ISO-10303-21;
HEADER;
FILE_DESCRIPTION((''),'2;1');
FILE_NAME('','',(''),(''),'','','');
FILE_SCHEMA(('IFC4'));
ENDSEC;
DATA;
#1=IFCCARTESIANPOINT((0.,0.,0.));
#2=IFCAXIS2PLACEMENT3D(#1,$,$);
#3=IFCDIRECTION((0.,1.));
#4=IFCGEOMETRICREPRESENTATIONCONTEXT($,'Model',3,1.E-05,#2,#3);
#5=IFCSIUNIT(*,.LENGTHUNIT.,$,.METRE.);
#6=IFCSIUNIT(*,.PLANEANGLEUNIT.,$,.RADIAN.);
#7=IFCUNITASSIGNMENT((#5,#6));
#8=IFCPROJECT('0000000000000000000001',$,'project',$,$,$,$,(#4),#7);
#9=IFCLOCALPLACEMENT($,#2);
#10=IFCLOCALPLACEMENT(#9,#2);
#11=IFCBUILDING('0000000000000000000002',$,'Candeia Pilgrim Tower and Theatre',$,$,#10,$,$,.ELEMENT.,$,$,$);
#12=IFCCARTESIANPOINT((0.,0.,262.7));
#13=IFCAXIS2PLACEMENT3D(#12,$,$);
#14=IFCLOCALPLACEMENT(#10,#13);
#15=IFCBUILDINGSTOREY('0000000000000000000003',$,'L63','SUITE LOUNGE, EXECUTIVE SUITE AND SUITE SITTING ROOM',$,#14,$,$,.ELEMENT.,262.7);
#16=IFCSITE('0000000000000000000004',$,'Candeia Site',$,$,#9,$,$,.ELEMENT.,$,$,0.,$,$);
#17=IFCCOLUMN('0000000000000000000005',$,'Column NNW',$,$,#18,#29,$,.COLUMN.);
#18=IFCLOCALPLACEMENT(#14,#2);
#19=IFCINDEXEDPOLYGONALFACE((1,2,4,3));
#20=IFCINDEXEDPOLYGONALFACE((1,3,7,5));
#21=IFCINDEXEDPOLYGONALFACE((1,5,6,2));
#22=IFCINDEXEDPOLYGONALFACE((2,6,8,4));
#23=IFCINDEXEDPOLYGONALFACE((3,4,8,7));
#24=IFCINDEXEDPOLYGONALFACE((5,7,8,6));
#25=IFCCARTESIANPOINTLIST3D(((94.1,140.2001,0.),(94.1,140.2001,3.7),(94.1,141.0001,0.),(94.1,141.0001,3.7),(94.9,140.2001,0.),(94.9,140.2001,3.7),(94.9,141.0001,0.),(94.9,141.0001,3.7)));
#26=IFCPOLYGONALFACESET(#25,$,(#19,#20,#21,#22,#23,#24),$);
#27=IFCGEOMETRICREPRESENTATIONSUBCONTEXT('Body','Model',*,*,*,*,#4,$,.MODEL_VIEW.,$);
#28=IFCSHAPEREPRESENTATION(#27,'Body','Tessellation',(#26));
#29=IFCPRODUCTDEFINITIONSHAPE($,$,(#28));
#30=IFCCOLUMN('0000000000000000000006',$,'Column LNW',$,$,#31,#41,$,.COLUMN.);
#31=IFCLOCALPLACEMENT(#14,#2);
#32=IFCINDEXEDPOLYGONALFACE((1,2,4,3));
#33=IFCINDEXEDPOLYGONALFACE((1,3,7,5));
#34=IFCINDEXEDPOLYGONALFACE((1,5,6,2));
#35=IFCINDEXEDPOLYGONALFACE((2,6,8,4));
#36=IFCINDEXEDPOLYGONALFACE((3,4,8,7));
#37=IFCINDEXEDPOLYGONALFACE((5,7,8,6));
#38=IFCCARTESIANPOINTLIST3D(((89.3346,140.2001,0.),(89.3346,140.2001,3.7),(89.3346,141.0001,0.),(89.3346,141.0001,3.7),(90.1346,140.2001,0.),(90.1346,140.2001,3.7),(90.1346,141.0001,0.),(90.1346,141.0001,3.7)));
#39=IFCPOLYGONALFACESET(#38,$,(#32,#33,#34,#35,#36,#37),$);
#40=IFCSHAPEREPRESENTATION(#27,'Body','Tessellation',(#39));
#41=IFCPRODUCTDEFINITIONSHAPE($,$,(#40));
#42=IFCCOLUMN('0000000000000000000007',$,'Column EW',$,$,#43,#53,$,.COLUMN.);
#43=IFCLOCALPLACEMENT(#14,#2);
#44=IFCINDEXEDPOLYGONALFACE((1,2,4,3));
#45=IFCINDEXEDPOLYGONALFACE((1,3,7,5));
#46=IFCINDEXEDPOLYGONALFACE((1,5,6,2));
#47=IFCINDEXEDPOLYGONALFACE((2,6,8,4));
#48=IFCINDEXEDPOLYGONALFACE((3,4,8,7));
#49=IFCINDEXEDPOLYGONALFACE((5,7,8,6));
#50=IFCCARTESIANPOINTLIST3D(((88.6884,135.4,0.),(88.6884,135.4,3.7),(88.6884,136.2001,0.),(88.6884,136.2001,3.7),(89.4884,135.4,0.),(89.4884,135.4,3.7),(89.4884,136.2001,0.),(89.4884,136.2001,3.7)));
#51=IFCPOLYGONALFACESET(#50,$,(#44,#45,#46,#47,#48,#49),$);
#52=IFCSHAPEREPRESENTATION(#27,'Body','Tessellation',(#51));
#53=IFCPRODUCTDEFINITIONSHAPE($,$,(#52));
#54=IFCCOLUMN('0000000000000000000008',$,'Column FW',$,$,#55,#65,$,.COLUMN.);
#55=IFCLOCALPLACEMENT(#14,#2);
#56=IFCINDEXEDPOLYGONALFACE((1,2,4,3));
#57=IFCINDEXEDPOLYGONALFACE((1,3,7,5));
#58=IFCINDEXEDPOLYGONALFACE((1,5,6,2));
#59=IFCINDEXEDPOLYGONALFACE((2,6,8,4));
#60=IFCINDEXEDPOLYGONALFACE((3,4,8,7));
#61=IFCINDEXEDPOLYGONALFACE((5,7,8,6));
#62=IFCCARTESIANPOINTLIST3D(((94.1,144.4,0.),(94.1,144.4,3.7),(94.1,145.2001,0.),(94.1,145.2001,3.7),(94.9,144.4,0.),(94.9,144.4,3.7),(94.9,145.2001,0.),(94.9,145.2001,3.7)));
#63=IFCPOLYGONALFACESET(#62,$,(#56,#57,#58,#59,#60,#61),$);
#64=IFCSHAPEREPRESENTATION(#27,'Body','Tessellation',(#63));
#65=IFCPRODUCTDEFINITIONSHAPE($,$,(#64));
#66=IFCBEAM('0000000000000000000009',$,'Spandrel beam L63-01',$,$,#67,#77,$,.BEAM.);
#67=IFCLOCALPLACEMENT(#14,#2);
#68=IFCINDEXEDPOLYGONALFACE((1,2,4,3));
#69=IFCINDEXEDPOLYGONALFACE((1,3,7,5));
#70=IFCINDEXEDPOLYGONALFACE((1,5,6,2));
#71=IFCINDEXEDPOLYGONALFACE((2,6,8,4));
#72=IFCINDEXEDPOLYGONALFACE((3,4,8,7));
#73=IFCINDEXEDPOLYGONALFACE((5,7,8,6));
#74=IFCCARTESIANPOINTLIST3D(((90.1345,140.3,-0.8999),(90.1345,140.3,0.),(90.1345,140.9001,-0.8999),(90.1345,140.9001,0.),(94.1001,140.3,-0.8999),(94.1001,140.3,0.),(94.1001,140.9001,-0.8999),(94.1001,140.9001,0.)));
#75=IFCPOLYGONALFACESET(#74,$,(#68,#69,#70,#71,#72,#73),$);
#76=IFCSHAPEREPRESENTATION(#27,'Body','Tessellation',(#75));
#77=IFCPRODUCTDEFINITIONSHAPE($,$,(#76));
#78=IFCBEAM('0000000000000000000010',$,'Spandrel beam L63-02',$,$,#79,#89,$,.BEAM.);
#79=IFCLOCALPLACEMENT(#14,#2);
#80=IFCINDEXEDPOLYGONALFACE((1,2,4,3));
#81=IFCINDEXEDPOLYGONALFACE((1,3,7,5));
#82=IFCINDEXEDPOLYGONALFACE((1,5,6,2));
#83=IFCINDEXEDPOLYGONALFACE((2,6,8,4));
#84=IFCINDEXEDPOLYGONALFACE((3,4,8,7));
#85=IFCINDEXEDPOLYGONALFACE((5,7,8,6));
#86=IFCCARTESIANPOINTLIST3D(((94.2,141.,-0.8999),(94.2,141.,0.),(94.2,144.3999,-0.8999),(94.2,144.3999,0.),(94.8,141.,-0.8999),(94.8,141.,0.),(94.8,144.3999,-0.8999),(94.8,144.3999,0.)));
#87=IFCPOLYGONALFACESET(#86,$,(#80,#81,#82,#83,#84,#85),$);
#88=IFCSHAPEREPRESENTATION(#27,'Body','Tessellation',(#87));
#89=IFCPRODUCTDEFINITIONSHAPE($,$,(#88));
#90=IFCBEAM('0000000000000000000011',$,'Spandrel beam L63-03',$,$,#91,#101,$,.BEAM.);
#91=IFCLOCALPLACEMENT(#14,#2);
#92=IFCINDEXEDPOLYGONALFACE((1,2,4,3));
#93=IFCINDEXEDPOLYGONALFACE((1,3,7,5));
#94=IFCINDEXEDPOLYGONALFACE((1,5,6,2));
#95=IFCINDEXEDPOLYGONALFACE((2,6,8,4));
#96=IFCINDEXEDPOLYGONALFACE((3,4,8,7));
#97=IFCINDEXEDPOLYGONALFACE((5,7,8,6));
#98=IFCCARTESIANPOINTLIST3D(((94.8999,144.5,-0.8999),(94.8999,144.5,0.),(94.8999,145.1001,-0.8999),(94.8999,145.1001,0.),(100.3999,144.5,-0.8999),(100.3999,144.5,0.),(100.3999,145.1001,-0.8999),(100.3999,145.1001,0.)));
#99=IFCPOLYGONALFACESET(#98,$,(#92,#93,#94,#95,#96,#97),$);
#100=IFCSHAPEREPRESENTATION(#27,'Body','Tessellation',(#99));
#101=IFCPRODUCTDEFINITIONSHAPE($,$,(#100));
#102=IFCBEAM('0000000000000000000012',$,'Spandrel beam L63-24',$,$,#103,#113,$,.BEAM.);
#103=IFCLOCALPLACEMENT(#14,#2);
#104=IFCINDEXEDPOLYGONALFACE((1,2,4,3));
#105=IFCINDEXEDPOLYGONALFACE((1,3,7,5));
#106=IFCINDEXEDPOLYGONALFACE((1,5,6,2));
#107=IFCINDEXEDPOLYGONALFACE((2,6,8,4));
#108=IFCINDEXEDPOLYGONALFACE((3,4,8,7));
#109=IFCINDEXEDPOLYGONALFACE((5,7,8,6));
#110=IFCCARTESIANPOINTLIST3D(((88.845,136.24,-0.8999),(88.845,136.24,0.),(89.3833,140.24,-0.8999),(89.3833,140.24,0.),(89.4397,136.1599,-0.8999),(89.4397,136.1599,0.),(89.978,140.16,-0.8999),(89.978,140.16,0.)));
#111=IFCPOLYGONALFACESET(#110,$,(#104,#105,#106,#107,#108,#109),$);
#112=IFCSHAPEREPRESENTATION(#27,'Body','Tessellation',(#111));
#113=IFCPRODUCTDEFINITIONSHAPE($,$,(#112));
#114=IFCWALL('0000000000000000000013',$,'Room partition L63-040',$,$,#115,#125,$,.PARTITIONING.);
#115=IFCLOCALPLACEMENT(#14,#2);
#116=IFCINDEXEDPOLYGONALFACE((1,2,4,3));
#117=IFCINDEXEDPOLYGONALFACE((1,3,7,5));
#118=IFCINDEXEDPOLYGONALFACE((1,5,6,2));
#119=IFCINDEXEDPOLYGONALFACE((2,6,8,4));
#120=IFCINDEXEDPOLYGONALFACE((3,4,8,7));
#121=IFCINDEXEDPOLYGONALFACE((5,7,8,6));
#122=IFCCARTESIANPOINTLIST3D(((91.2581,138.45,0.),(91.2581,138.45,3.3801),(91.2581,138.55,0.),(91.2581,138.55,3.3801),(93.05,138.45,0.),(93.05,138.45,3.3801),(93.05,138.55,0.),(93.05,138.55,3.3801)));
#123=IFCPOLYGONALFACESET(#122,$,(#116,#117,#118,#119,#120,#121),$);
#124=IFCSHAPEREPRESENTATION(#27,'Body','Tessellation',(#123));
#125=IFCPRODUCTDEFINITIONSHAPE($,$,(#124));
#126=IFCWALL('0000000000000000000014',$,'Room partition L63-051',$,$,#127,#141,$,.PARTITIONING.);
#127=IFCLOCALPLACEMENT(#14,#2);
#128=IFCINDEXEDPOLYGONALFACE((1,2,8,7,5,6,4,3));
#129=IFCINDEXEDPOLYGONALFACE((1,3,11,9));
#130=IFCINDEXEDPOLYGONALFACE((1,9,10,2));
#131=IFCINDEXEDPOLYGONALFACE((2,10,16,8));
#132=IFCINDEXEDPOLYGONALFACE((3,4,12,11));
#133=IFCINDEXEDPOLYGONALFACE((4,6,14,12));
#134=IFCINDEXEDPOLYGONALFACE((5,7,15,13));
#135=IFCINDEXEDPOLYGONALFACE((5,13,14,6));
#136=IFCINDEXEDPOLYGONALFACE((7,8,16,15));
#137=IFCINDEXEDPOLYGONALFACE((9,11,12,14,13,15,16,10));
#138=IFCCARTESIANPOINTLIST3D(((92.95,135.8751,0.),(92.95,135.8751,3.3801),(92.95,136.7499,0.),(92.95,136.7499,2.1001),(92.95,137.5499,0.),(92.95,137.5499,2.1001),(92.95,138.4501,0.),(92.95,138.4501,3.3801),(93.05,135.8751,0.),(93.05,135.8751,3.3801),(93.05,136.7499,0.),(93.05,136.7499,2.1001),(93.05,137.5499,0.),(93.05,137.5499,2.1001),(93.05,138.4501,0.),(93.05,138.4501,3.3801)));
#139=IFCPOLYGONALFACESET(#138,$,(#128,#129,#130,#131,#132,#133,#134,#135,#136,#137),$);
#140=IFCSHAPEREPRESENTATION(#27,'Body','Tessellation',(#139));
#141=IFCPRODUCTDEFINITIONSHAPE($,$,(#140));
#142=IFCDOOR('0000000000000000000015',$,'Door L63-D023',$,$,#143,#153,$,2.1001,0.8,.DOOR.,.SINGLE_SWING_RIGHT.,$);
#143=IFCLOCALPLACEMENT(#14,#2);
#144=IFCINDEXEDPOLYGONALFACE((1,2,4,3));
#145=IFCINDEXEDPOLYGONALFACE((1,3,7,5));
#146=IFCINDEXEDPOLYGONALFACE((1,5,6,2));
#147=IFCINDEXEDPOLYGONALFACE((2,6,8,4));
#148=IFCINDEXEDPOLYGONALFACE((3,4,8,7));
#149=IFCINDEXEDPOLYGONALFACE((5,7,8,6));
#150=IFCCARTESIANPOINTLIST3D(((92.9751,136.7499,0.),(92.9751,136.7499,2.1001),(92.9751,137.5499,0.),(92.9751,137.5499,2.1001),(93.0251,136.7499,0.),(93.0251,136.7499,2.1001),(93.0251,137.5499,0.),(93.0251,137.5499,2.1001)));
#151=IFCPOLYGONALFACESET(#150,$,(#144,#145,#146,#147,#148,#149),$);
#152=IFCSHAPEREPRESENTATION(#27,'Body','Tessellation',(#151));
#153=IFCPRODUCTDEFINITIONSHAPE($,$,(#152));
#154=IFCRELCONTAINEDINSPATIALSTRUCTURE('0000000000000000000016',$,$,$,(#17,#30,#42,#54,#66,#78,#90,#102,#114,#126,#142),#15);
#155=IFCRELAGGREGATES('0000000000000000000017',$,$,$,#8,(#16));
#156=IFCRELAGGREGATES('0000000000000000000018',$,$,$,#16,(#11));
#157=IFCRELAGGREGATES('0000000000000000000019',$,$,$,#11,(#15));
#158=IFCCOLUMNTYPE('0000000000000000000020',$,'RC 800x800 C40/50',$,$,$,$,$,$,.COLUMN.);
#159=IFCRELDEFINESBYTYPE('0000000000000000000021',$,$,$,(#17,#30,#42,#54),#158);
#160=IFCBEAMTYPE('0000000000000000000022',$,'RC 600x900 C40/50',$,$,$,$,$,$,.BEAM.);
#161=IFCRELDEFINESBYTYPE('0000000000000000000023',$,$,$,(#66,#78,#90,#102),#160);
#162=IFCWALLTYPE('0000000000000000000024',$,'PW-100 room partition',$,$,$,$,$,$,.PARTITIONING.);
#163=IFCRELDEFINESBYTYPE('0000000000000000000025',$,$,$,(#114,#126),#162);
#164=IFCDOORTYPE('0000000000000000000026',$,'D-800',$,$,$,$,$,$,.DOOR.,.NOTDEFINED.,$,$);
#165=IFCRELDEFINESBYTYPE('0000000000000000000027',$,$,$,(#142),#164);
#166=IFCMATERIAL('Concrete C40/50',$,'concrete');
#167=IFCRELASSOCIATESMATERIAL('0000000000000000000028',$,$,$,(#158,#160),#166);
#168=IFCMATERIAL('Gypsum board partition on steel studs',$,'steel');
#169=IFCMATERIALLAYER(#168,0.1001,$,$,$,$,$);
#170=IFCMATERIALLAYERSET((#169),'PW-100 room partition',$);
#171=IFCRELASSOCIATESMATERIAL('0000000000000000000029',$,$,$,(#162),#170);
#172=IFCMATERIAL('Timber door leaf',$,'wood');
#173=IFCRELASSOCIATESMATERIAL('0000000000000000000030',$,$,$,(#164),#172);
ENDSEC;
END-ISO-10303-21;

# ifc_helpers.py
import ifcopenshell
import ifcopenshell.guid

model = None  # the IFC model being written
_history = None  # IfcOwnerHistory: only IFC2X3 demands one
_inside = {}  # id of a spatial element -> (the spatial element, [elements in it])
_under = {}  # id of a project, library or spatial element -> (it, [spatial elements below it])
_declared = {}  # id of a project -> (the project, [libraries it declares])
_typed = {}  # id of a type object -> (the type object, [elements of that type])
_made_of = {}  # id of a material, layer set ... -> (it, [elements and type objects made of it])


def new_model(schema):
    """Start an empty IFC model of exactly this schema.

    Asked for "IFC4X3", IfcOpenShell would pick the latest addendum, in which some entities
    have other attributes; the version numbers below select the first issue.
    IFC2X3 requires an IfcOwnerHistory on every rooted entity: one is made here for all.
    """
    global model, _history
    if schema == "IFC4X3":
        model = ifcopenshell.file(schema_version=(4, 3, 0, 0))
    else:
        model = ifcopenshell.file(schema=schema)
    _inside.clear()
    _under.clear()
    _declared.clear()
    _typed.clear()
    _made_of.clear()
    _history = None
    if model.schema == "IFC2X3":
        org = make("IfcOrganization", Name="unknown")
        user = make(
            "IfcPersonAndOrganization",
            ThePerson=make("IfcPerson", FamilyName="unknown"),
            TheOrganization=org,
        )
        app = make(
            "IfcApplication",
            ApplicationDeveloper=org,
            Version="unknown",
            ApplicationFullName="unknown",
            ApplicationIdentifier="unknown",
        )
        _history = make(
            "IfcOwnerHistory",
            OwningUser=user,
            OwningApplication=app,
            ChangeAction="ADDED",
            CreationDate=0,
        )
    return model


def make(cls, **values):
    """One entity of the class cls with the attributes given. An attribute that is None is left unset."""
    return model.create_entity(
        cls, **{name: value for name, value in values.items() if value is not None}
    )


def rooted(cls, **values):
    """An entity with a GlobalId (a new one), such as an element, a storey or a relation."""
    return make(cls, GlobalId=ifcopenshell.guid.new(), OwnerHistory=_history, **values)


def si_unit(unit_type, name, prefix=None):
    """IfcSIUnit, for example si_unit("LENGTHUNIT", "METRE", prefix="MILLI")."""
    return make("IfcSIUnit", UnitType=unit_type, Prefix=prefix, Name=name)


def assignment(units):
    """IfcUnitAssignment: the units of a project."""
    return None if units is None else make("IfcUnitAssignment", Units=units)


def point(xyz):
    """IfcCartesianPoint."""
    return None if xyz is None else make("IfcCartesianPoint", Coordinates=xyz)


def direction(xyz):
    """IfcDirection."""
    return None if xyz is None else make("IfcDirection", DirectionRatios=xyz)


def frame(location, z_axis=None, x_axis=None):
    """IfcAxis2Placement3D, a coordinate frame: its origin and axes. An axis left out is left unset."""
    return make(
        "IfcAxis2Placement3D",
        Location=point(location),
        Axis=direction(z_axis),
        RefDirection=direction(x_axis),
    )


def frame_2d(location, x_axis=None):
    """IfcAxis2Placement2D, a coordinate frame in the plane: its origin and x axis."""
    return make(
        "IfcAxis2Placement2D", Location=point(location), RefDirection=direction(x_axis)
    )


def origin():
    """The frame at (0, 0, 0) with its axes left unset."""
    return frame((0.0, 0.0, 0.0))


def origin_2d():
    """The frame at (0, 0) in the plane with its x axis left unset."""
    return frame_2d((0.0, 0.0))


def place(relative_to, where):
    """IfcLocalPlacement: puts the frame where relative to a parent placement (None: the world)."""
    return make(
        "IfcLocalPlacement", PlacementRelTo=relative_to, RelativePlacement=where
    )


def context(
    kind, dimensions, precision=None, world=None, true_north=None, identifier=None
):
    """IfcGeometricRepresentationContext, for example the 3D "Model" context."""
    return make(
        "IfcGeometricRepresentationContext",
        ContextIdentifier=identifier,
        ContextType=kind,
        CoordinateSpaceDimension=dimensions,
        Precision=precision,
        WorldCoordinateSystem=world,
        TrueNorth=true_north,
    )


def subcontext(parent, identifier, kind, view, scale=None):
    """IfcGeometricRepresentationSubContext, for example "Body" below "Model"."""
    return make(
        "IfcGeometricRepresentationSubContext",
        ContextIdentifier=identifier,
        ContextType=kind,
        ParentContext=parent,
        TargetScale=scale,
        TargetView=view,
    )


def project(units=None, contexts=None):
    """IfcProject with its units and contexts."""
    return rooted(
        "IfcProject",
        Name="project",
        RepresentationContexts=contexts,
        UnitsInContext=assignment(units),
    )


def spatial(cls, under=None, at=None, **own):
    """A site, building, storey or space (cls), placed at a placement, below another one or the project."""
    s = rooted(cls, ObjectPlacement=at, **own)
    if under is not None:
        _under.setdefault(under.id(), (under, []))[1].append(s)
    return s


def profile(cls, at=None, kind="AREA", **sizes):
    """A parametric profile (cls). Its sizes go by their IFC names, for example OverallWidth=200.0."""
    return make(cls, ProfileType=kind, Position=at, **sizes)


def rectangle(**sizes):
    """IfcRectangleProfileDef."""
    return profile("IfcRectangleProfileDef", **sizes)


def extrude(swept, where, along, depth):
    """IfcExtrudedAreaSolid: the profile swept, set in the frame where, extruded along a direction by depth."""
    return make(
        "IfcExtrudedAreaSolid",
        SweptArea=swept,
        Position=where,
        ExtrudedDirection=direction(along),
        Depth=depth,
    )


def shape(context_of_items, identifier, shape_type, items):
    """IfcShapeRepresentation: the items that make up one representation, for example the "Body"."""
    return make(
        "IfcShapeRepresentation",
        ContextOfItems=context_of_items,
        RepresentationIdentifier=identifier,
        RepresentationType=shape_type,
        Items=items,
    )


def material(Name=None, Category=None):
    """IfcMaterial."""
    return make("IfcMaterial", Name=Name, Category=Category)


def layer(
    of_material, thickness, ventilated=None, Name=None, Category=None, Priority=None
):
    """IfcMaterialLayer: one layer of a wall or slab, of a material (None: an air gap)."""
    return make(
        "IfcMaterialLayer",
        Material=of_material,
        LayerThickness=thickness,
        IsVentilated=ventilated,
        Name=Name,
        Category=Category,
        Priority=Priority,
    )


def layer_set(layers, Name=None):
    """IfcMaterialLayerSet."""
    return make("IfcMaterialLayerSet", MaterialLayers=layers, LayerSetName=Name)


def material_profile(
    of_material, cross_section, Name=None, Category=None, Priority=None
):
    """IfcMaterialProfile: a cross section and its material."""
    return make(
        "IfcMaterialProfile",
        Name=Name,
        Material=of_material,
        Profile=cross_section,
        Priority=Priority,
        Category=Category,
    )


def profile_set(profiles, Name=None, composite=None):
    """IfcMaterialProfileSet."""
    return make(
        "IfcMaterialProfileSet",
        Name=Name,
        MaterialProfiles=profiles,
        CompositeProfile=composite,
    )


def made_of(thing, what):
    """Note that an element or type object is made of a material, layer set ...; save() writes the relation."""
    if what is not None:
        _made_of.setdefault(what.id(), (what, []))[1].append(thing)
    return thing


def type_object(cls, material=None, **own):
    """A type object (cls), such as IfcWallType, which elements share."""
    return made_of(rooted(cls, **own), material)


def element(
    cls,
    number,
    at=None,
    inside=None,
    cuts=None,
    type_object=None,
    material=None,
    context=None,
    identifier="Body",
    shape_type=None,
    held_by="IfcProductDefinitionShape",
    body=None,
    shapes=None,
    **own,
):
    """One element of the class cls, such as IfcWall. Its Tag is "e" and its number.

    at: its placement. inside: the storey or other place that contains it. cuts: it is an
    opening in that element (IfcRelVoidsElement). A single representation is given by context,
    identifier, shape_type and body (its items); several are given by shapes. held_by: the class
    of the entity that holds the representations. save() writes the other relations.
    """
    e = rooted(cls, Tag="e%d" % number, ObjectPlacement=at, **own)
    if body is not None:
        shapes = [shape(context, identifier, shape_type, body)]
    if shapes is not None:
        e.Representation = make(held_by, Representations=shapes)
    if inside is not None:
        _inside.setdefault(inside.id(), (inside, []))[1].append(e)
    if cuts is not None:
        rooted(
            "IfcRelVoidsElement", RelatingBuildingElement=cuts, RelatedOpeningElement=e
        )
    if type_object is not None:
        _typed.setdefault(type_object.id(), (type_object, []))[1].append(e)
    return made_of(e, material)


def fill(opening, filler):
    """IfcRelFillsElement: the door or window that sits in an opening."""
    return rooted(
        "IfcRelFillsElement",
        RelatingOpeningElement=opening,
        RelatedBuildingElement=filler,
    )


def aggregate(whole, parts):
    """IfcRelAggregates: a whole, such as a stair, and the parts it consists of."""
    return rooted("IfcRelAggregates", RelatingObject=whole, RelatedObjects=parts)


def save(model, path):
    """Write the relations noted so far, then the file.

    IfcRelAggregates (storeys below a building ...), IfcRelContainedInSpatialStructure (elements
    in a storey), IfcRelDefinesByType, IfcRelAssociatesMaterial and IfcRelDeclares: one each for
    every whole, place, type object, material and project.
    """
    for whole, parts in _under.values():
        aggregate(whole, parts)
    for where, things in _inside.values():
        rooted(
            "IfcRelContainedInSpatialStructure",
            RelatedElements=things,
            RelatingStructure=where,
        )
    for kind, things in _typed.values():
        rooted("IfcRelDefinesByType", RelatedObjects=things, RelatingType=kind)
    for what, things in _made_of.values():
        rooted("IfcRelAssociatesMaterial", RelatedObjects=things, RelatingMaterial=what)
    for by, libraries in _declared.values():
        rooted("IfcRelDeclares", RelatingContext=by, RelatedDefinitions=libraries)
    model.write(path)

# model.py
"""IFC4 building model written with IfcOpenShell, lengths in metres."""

from ifc_helpers import new_model, si_unit, direction, frame, frame_2d, origin, origin_2d, place, context, subcontext, project, spatial, rectangle, extrude, material, layer, layer_set, material_profile, profile_set, type_object, element, fill, save


model = new_model("IFC4")

# Units and contexts
model_context = context("Model", 3, precision=1e-05, world=origin(), true_north=direction((0.0, 1.0)))
body_context = subcontext(model_context, "Body", "Model", "MODEL_VIEW")
ifc_project = project(units=[si_unit("LENGTHUNIT", "METRE"), si_unit("PLANEANGLEUNIT", "RADIAN")], contexts=[model_context])

# Site, building, storey
site_placement = place(None, origin())
site = spatial("IfcSite", under=ifc_project, at=site_placement, Name="Candeia Site", CompositionType="ELEMENT", RefElevation=0.0)
building_placement = place(site_placement, origin())
building = spatial("IfcBuilding", under=site, at=building_placement, Name="Candeia Pilgrim Tower and Theatre", CompositionType="ELEMENT")
storey_placement = place(building_placement, frame((0.0, 0.0, 262.7)))
storey = spatial("IfcBuildingStorey", under=building, at=storey_placement, Name="L63", Description="SUITE LOUNGE, EXECUTIVE SUITE AND SUITE SITTING ROOM", CompositionType="ELEMENT", Elevation=262.7)

# Columns
ifc_material_1 = material(Name="Concrete C40/50", Category="concrete")
ifc_material_profile_1 = material_profile(ifc_material_1, rectangle(XDim=0.8, YDim=0.8, at=origin_2d()))
ifc_profile_set_1 = profile_set([ifc_material_profile_1], Name="Concrete C40/50")
column_type = type_object("IfcColumnType", Name="RC 800x800 C40/50", PredefinedType="COLUMN", material=ifc_profile_set_1)
for number, where, z_axis, x_axis, name in (
    (1, (94.5, 140.6001, 0.0), (0.0, 0.0, 1.0), (1.0, 0.0, 0.0), "Column NNW"),
    (2, (89.7346, 140.6001, 0.0), (0.0, 0.0, 1.0), (1.0, 0.0, 0.0), "Column LNW"),
    (3, (89.0884, 135.8, 0.0), (0.0, 0.0, 1.0), (1.0, 0.0, 0.0), "Column EW"),
    (4, (94.5, 144.8, 0.0), (0.0, 0.0, 1.0), (1.0, 0.0, 0.0), "Column FW"),
):
    element("IfcColumn", number, at=place(storey_placement, frame(where, z_axis=z_axis, x_axis=x_axis)), inside=storey, type_object=column_type, Name=name, PredefinedType="COLUMN", context=body_context, shape_type="SweptSolid", body=[
        extrude(rectangle(XDim=0.8, YDim=0.8, at=origin_2d()), origin(), (0.0, 0.0, 1.0), 3.7),
    ])

# Beams
ifc_material_profile_2 = material_profile(ifc_material_1, rectangle(XDim=0.6001, YDim=0.8999, at=origin_2d()))
ifc_profile_set_2 = profile_set([ifc_material_profile_2], Name="Concrete C40/50")
beam_type = type_object("IfcBeamType", Name="RC 600x900 C40/50", PredefinedType="BEAM", material=ifc_profile_set_2)
beam_1_placement = place(storey_placement, frame((90.1345, 140.6001, -0.45), z_axis=(1.0, 0.0, 0.0), x_axis=(0.0, 1.0, 0.0)))
element("IfcBeam", 5, at=beam_1_placement, inside=storey, type_object=beam_type, Name="Spandrel beam L63-01", PredefinedType="BEAM", context=body_context, shape_type="SweptSolid", body=[
    extrude(rectangle(XDim=0.6001, YDim=0.8999, at=origin_2d()), origin(), (0.0, 0.0, 1.0), 3.9656),
])
beam_2_placement = place(storey_placement, frame((94.5, 141.0, -0.45), z_axis=(0.0, 1.0, 0.0), x_axis=(-1.0, 0.0, 0.0)))
element("IfcBeam", 6, at=beam_2_placement, inside=storey, type_object=beam_type, Name="Spandrel beam L63-02", PredefinedType="BEAM", context=body_context, shape_type="SweptSolid", body=[
    extrude(rectangle(XDim=0.6001, YDim=0.8999, at=origin_2d()), origin(), (0.0, 0.0, 1.0), 3.3999),
])
beam_3_placement = place(storey_placement, frame((94.8999, 144.8, -0.45), z_axis=(1.0, 0.0, 0.0), x_axis=(0.0, 1.0, 0.0)))
element("IfcBeam", 7, at=beam_3_placement, inside=storey, type_object=beam_type, Name="Spandrel beam L63-03", PredefinedType="BEAM", context=body_context, shape_type="SweptSolid", body=[
    extrude(rectangle(XDim=0.6001, YDim=0.8999, at=origin_2d()), origin(), (0.0, 0.0, 1.0), 5.5),
])
beam_4_placement = place(storey_placement, frame((89.1423, 136.2, -0.45), z_axis=(0.13338, 0.991065, 0.0), x_axis=(-0.991065, 0.13338, 0.0)))
element("IfcBeam", 8, at=beam_4_placement, inside=storey, type_object=beam_type, Name="Spandrel beam L63-24", PredefinedType="BEAM", context=body_context, shape_type="SweptSolid", body=[
    extrude(rectangle(XDim=0.6001, YDim=0.8999, at=origin_2d()), origin(), (0.0, 0.0, 1.0), 4.0361),
])

# Wall
ifc_material_2 = material(Name="Gypsum board partition on steel studs", Category="steel")
ifc_layer_1 = layer(ifc_material_2, 0.1001)
ifc_layer_set_1 = layer_set([ifc_layer_1], Name="PW-100 room partition")
wall_type_1 = type_object("IfcWallType", Name="PW-100 room partition", PredefinedType="PARTITIONING", material=ifc_layer_set_1)
wall_1_placement = place(storey_placement, frame((91.2581, 138.5, 0.0), z_axis=(0.0, 0.0, 1.0), x_axis=(1.0, 0.0, 0.0)))
element("IfcWall", 9, at=wall_1_placement, inside=storey, type_object=wall_type_1, Name="Room partition L63-040", PredefinedType="PARTITIONING", context=body_context, shape_type="SweptSolid", body=[
    extrude(rectangle(XDim=1.792, YDim=0.1001, at=frame_2d((0.896, 0.0))), origin(), (0.0, 0.0, 1.0), 3.3801),
])

# Wall, opening, door
wall_2_placement = place(storey_placement, frame((93.0, 135.875, 0.0), z_axis=(0.0, 0.0, 1.0), x_axis=(0.0, 1.0, 0.0)))
wall_2 = element("IfcWall", 10, at=wall_2_placement, inside=storey, type_object=wall_type_1, Name="Room partition L63-051", PredefinedType="PARTITIONING", context=body_context, shape_type="SweptSolid", body=[
    extrude(rectangle(XDim=2.575, YDim=0.1001, at=frame_2d((1.2876, 0.0))), origin(), (0.0, 0.0, 1.0), 3.3801),
])
opening_1_placement = place(wall_2_placement, frame((0.875, 0.0, 0.0)))
opening_1 = element("IfcOpeningElement", 11, at=opening_1_placement, cuts=wall_2, PredefinedType="OPENING", context=body_context, shape_type="SweptSolid", body=[
    extrude(rectangle(XDim=0.8, YDim=2.1001, at=frame_2d((0.3999, 1.05))), frame((0.0, 0.0601, 0.0), z_axis=(0.0, -1.0, 0.0), x_axis=(1.0, 0.0, 0.0)), (0.0, 0.0, 1.0), 0.1201),
])
ifc_material_3 = material(Name="Timber door leaf", Category="wood")
door_type_1 = type_object("IfcDoorType", Name="D-800", OperationType="NOTDEFINED", PredefinedType="DOOR", material=ifc_material_3)
door_1_placement = place(opening_1_placement, origin())
door_1 = element("IfcDoor", 12, at=door_1_placement, inside=storey, type_object=door_type_1, Name="Door L63-D023", OperationType="SINGLE_SWING_RIGHT", OverallHeight=2.1001, OverallWidth=0.8, PredefinedType="DOOR", context=body_context, shape_type="SweptSolid", body=[
    extrude(rectangle(XDim=0.8, YDim=2.1001, at=frame_2d((0.3999, 1.05))), frame((0.0, 0.0249, 0.0), z_axis=(0.0, -1.0, 0.0), x_axis=(1.0, 0.0, 0.0)), (0.0, 0.0, 1.0), 0.05),
])
fill(opening_1, door_1)

save(model, "model.ifc")
